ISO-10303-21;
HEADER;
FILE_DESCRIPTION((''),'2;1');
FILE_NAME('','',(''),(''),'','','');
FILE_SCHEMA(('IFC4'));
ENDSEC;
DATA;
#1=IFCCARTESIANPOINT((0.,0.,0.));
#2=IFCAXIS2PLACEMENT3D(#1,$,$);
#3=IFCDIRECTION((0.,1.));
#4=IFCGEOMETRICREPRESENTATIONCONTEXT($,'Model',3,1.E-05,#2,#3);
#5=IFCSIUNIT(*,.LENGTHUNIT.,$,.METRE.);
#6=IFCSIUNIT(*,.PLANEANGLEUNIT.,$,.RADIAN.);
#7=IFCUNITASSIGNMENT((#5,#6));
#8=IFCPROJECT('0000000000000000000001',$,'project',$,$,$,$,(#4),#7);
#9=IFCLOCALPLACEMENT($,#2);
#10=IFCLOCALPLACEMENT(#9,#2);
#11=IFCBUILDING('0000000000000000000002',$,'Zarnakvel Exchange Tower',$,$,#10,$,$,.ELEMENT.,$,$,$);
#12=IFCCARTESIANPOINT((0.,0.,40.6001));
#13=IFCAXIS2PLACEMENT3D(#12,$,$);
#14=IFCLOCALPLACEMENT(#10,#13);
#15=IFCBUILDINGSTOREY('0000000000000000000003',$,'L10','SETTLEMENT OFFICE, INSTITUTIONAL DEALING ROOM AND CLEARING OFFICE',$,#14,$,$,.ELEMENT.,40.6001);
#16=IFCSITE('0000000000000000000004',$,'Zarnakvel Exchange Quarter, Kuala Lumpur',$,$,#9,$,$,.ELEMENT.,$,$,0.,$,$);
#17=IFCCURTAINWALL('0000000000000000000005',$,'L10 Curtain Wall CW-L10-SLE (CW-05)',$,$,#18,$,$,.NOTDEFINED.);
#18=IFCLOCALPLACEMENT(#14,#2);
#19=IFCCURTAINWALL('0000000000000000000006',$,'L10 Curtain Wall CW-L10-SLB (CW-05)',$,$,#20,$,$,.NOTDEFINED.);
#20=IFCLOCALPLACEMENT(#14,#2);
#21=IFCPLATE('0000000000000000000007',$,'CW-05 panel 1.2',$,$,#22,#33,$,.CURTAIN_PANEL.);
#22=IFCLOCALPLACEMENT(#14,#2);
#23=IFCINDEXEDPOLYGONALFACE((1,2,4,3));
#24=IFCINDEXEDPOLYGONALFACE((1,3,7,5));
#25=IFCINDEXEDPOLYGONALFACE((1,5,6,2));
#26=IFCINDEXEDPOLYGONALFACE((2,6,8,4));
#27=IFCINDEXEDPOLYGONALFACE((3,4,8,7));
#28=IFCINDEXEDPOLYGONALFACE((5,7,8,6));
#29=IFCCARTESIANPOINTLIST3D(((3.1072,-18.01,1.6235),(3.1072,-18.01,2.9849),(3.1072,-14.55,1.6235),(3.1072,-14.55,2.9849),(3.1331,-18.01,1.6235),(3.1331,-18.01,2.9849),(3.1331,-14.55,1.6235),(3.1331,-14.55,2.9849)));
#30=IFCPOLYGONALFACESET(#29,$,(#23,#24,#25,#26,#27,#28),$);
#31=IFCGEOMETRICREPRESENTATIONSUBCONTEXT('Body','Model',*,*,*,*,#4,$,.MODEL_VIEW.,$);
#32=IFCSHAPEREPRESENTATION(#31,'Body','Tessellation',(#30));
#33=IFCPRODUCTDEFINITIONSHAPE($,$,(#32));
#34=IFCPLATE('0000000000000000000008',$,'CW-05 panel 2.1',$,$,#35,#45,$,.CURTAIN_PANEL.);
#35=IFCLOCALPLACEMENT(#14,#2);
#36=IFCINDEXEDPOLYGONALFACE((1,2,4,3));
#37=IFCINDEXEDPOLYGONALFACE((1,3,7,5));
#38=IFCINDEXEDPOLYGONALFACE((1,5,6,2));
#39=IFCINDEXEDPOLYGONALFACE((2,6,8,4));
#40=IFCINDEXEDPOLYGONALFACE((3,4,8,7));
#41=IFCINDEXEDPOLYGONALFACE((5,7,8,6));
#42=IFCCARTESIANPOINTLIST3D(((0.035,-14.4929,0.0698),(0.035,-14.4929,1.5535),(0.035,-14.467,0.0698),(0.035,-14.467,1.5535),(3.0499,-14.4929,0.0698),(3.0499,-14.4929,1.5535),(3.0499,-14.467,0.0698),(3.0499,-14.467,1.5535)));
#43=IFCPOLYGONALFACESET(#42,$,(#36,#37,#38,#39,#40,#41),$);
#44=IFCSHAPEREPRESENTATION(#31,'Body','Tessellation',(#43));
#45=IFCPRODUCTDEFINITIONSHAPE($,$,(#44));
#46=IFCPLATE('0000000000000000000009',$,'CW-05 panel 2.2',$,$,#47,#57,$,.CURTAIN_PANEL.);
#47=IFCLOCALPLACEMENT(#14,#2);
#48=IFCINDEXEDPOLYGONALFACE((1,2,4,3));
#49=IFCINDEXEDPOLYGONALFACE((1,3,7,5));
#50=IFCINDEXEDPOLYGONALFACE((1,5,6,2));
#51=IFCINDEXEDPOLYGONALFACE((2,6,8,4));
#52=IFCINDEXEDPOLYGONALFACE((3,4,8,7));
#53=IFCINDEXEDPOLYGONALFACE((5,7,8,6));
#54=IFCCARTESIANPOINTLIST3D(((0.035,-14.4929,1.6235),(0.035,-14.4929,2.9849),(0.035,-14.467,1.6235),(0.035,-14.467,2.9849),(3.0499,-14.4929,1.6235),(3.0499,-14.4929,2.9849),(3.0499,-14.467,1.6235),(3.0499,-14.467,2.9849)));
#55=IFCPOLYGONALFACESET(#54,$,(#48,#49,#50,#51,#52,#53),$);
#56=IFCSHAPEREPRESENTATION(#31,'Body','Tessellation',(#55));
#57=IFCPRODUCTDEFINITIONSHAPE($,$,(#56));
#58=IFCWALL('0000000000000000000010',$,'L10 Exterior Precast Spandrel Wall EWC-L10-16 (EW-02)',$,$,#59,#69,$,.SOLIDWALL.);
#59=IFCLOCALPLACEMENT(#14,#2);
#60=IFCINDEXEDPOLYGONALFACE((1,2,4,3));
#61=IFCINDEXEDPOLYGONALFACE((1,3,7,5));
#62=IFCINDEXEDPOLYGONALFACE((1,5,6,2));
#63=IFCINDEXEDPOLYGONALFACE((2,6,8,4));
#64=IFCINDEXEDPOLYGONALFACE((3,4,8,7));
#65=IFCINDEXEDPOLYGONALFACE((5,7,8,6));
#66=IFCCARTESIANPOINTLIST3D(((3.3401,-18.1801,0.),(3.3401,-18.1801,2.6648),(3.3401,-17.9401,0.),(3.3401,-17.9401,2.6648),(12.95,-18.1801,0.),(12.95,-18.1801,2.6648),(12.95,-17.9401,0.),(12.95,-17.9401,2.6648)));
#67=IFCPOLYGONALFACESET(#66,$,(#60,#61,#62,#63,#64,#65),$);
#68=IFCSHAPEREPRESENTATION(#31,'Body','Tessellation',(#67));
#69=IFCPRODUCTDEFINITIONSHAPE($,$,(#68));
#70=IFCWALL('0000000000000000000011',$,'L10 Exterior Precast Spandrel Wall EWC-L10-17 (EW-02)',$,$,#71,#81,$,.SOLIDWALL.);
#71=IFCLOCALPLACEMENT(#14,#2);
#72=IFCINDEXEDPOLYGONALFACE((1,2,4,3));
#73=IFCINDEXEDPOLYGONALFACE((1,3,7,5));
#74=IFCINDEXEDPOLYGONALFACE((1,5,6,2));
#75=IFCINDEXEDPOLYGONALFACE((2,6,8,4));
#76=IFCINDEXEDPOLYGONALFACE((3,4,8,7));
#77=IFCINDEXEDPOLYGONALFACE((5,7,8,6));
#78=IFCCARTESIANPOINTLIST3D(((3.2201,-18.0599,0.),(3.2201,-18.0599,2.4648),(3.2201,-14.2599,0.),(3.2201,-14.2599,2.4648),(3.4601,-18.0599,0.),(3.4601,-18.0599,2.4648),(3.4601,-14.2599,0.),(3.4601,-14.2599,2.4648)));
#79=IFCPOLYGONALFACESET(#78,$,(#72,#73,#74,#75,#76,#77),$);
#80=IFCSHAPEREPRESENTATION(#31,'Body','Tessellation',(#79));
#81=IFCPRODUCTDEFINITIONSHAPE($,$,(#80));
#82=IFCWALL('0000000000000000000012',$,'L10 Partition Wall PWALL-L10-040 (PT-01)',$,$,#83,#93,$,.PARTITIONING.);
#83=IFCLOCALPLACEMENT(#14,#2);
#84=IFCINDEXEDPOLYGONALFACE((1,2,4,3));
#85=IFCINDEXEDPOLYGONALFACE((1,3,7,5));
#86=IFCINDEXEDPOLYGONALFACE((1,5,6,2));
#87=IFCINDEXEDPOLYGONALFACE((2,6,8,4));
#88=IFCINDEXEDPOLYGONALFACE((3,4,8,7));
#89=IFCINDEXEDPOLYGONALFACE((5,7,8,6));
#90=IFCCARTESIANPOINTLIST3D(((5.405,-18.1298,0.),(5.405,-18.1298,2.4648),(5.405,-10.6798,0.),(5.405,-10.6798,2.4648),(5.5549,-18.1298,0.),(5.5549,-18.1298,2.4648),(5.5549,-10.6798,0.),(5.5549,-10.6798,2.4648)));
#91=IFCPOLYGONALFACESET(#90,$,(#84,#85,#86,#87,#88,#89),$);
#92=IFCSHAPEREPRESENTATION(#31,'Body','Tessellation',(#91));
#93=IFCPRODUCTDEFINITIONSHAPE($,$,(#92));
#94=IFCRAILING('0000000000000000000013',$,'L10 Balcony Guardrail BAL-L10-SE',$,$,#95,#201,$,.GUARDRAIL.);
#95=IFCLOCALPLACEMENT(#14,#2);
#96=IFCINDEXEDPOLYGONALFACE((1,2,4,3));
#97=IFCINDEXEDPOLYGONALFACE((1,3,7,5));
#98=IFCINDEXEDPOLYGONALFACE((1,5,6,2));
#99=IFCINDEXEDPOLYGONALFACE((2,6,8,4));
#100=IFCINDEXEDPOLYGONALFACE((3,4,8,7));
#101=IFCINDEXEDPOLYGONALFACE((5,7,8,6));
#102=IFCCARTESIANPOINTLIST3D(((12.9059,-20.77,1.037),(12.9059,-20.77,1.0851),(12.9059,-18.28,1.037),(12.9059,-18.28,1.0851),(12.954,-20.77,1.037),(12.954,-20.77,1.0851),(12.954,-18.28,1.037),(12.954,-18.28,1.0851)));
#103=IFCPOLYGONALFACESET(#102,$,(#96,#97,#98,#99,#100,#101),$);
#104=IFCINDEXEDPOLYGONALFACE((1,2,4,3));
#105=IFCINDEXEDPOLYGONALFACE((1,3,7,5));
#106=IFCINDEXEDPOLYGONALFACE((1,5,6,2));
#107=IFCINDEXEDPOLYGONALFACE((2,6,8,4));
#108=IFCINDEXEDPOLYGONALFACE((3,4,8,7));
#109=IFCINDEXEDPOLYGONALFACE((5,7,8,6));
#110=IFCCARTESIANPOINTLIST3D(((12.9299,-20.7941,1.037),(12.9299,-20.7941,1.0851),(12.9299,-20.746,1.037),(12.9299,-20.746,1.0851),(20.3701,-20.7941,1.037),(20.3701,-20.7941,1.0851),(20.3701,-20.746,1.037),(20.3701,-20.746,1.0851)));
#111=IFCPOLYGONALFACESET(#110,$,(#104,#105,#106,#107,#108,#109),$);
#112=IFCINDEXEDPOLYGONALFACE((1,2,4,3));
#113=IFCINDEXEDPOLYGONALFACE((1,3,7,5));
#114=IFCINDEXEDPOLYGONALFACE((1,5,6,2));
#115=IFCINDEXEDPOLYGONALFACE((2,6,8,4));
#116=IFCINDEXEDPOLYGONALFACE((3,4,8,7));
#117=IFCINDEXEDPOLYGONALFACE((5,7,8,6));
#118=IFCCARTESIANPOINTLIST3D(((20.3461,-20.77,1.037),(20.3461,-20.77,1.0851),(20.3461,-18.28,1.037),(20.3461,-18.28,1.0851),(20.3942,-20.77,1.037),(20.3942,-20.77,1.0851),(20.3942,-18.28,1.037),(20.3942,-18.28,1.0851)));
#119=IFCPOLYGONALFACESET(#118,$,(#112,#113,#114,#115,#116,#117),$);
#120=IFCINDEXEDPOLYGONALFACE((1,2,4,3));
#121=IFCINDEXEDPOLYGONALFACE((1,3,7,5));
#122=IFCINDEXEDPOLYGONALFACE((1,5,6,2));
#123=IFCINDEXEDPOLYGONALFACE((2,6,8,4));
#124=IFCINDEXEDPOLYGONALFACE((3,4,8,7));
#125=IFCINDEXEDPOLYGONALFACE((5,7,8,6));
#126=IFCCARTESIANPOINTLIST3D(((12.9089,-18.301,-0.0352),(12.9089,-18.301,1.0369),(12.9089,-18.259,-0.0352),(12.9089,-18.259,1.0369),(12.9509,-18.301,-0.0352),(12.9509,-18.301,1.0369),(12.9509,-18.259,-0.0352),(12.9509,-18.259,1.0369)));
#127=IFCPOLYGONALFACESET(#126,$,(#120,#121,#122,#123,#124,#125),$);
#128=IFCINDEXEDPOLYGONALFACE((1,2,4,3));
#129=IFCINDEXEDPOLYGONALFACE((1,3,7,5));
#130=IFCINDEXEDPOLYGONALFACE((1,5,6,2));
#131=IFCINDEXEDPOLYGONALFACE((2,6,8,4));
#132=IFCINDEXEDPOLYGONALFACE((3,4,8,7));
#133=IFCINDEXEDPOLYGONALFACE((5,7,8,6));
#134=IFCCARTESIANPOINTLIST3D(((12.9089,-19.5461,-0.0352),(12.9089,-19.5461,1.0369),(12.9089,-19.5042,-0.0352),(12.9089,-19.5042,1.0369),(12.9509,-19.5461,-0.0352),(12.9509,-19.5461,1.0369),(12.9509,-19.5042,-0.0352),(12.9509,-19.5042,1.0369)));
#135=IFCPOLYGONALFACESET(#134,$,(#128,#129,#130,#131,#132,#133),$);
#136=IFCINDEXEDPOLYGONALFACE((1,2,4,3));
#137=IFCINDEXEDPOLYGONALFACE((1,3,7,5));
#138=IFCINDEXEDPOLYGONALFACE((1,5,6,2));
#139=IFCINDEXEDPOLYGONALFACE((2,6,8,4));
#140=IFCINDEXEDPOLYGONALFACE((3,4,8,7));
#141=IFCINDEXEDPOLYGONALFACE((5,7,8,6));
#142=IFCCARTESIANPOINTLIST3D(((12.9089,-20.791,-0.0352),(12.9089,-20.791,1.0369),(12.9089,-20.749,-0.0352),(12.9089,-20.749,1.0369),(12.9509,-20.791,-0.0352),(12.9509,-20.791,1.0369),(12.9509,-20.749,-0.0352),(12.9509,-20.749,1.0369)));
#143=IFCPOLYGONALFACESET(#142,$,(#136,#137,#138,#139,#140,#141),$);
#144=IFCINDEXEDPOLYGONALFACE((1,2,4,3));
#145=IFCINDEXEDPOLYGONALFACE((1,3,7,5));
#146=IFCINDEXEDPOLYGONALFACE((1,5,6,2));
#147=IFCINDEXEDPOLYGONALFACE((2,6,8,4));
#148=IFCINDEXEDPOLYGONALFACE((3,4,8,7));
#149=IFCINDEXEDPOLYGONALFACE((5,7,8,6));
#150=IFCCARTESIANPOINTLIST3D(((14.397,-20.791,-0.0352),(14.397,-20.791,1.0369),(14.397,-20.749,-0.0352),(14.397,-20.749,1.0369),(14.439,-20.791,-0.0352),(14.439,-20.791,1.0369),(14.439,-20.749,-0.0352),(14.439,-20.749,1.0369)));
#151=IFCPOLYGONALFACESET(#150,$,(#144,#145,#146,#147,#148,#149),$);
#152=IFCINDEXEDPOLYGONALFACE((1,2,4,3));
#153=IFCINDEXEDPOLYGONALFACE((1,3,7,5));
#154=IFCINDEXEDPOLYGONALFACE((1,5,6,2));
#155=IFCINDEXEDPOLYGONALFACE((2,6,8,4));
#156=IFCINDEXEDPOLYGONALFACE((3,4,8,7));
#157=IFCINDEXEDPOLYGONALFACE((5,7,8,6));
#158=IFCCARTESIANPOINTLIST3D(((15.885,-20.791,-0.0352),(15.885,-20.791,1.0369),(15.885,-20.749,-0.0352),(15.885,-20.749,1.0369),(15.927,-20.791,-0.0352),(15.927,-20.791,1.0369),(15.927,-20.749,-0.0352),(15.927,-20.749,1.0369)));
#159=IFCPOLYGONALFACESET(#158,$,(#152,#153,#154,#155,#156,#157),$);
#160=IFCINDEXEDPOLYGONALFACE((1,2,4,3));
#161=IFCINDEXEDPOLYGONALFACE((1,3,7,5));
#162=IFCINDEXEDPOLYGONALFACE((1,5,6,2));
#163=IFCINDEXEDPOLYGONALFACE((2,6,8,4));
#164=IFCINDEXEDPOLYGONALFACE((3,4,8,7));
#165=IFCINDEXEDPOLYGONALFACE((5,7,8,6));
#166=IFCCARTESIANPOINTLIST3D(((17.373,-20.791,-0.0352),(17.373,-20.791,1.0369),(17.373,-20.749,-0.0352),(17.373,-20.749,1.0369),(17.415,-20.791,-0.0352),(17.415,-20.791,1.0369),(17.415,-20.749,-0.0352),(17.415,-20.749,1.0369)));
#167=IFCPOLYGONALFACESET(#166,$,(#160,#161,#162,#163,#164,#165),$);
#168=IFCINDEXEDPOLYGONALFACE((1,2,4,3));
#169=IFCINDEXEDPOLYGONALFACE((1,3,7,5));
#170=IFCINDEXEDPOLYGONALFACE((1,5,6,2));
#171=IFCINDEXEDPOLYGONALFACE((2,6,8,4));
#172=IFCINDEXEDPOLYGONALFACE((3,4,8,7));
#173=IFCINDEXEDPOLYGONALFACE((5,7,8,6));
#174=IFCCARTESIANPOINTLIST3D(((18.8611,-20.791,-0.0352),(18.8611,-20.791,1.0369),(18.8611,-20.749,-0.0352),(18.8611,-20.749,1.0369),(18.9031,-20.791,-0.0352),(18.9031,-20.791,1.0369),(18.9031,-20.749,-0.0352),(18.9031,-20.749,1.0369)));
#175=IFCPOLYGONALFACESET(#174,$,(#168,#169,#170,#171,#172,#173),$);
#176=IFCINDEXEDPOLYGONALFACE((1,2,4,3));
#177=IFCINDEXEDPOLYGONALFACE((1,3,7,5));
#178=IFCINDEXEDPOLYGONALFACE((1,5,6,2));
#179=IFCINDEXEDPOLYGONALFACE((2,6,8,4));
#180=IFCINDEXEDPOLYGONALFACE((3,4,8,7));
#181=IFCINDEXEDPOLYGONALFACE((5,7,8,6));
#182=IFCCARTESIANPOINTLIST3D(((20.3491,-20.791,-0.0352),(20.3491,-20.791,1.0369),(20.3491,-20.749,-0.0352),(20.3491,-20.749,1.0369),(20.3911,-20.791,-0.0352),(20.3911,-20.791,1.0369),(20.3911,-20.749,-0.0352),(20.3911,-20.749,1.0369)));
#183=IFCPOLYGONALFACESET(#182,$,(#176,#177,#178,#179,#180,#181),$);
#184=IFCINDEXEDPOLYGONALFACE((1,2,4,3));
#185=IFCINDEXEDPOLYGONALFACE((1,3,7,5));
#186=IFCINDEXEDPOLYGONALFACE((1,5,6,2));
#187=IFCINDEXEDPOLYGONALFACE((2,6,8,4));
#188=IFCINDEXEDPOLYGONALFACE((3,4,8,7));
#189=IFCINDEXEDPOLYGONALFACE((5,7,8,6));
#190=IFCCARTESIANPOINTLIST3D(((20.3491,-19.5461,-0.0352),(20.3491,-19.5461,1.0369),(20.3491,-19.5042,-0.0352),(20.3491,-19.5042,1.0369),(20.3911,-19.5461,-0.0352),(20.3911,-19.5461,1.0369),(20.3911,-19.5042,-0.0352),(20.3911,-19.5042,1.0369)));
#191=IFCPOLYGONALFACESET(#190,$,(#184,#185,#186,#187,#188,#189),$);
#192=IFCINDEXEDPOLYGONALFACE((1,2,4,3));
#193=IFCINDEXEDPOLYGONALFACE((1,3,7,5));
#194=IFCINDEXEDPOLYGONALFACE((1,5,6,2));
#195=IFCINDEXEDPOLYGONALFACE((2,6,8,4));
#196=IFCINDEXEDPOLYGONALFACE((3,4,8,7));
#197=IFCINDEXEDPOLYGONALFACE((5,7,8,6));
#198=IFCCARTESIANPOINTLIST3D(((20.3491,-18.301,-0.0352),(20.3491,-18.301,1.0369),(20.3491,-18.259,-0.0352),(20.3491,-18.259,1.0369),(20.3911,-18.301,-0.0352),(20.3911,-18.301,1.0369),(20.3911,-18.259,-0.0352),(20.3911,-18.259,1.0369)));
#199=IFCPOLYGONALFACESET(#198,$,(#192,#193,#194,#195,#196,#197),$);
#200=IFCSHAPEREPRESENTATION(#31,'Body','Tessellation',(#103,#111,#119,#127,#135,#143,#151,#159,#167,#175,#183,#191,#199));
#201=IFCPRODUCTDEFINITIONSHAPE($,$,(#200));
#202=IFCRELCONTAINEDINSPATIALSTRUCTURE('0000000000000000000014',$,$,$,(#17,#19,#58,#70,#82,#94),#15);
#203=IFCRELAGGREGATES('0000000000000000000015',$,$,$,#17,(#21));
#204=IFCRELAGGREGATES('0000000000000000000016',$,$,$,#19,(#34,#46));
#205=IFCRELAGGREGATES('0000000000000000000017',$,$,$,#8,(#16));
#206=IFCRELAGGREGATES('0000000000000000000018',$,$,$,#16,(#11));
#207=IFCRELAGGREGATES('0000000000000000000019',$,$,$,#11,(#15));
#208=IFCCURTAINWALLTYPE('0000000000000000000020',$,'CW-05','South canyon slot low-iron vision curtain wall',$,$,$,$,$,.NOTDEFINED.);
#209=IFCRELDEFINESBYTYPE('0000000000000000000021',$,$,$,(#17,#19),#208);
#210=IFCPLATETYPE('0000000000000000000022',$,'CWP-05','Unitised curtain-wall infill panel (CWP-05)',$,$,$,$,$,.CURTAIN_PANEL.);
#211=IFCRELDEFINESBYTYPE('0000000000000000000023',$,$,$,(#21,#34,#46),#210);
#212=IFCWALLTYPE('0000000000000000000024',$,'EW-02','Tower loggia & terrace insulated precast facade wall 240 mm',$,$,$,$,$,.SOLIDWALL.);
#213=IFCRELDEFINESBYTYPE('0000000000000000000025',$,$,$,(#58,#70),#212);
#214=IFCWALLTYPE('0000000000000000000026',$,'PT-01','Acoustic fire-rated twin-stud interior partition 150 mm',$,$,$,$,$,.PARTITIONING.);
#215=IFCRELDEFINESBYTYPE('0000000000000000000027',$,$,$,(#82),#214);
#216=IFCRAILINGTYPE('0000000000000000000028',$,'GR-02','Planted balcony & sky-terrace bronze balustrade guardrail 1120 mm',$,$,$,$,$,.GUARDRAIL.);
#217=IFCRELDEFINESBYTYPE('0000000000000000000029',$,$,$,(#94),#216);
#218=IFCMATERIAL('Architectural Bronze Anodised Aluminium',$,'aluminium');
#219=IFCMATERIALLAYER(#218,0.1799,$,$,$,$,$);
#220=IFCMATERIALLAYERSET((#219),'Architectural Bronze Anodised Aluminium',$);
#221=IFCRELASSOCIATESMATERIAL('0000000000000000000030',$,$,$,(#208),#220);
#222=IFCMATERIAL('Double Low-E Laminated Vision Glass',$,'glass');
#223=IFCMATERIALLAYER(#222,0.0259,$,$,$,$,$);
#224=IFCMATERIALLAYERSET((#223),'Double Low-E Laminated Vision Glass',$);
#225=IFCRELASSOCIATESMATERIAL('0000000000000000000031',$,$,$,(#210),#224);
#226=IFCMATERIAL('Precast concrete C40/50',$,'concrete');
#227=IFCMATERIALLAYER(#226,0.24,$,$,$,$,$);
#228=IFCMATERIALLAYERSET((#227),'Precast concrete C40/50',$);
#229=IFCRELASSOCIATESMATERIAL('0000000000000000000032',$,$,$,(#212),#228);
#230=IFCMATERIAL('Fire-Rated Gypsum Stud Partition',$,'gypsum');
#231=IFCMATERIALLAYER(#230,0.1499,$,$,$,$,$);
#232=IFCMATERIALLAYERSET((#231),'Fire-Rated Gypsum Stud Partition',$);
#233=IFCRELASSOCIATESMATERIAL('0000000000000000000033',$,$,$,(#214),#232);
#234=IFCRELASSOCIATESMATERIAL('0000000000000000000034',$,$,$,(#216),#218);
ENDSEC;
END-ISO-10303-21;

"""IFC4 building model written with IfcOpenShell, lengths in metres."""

from ifc_helpers import new_model, si_unit, direction, frame, frame_2d, origin, origin_2d, place, context, subcontext, project, spatial, rectangle, extrude, source, transform, mapped, material, layer, layer_set, type_object, element, aggregate, save


model = new_model("IFC4")

# Units and contexts
model_context = context("Model", 3, precision=1e-05, world=origin(), true_north=direction((0.0, 1.0)))
body_context = subcontext(model_context, "Body", "Model", "MODEL_VIEW")
ifc_project = project(units=[si_unit("LENGTHUNIT", "METRE"), si_unit("PLANEANGLEUNIT", "RADIAN")], contexts=[model_context])

# Site, building, storey
site_placement = place(None, origin())
site = spatial("IfcSite", under=ifc_project, at=site_placement, Name="Zarnakvel Exchange Quarter, Kuala Lumpur", CompositionType="ELEMENT", RefElevation=0.0)
building_placement = place(site_placement, origin())
building = spatial("IfcBuilding", under=site, at=building_placement, Name="Zarnakvel Exchange Tower", CompositionType="ELEMENT")
storey_placement = place(building_placement, frame((0.0, 0.0, 40.6001)))
storey = spatial("IfcBuildingStorey", under=building, at=storey_placement, Name="L10", Description="SETTLEMENT OFFICE, INSTITUTIONAL DEALING ROOM AND CLEARING OFFICE", CompositionType="ELEMENT", Elevation=40.6001)

# Curtain walls
ifc_material_1 = material(Name="Architectural Bronze Anodised Aluminium", Category="aluminium")
ifc_layer_1 = layer(ifc_material_1, 0.1799)
ifc_layer_set_1 = layer_set([ifc_layer_1], Name="Architectural Bronze Anodised Aluminium")
curtain_wall_type = type_object("IfcCurtainWallType", Name="CW-05", Description="South canyon slot low-iron vision curtain wall", PredefinedType="NOTDEFINED", material=ifc_layer_set_1)
curtain_wall_1_placement = place(storey_placement, origin())
curtain_wall_1 = element("IfcCurtainWall", 1, at=curtain_wall_1_placement, inside=storey, type_object=curtain_wall_type, Name="L10 Curtain Wall CW-L10-SLE (CW-05)", PredefinedType="NOTDEFINED")
curtain_wall_2_placement = place(storey_placement, origin())
curtain_wall_2 = element("IfcCurtainWall", 2, at=curtain_wall_2_placement, inside=storey, type_object=curtain_wall_type, Name="L10 Curtain Wall CW-L10-SLB (CW-05)", PredefinedType="NOTDEFINED")

# Plates
ifc_material_2 = material(Name="Double Low-E Laminated Vision Glass", Category="glass")
ifc_layer_2 = layer(ifc_material_2, 0.0259)
ifc_layer_set_2 = layer_set([ifc_layer_2], Name="Double Low-E Laminated Vision Glass")
plate_type = type_object("IfcPlateType", Name="CWP-05", Description="Unitised curtain-wall infill panel (CWP-05)", PredefinedType="CURTAIN_PANEL", material=ifc_layer_set_2)
shared_shape_1 = source(origin(), body_context, "Body", "SweptSolid", [
    extrude(rectangle(XDim=3.46, YDim=0.0259, at=origin_2d()), origin(), (0.0, 0.0, 1.0), 1.3613),
])
plate_1_placement = place(storey_placement, frame((3.1201, -16.28, 1.6235), z_axis=(0.0, 0.0, 1.0), x_axis=(0.0, -1.0, 0.0)))
plate_1 = element("IfcPlate", 3, at=plate_1_placement, type_object=plate_type, Name="CW-05 panel 1.2", PredefinedType="CURTAIN_PANEL", context=body_context, shape_type="MappedRepresentation", body=[
    mapped(shared_shape_1, transform((0.0, 0.0, 0.0), x_axis=(1.0, 0.0, 0.0), y_axis=(0.0, 1.0, 0.0), z_axis=(0.0, 0.0, 1.0), scale=1.0)),
])
aggregate(curtain_wall_1, [plate_1])
shared_shape_2 = source(origin(), body_context, "Body", "SweptSolid", [
    extrude(rectangle(XDim=3.0149, YDim=0.0259, at=origin_2d()), origin(), (0.0, 0.0, 1.0), 1.4836),
])
plate_2_placement = place(storey_placement, frame((1.5425, -14.48, 0.0698), z_axis=(0.0, 0.0, 1.0), x_axis=(1.0, 0.0, 0.0)))
plate_2 = element("IfcPlate", 4, at=plate_2_placement, type_object=plate_type, Name="CW-05 panel 2.1", PredefinedType="CURTAIN_PANEL", context=body_context, shape_type="MappedRepresentation", body=[
    mapped(shared_shape_2, transform((0.0, 0.0, 0.0), x_axis=(1.0, 0.0, 0.0), y_axis=(0.0, 1.0, 0.0), z_axis=(0.0, 0.0, 1.0), scale=1.0)),
])
shared_shape_3 = source(origin(), body_context, "Body", "SweptSolid", [
    extrude(rectangle(XDim=3.0149, YDim=0.0259, at=origin_2d()), origin(), (0.0, 0.0, 1.0), 1.3613),
])
plate_3_placement = place(storey_placement, frame((1.5425, -14.48, 1.6235), z_axis=(0.0, 0.0, 1.0), x_axis=(1.0, 0.0, 0.0)))
plate_3 = element("IfcPlate", 5, at=plate_3_placement, type_object=plate_type, Name="CW-05 panel 2.2", PredefinedType="CURTAIN_PANEL", context=body_context, shape_type="MappedRepresentation", body=[
    mapped(shared_shape_3, transform((0.0, 0.0, 0.0), x_axis=(1.0, 0.0, 0.0), y_axis=(0.0, 1.0, 0.0), z_axis=(0.0, 0.0, 1.0), scale=1.0)),
])
aggregate(curtain_wall_2, [plate_2, plate_3])

# Walls
ifc_material_3 = material(Name="Precast concrete C40/50", Category="concrete")
ifc_layer_3 = layer(ifc_material_3, 0.24)
ifc_layer_set_3 = layer_set([ifc_layer_3], Name="Precast concrete C40/50")
wall_type_1 = type_object("IfcWallType", Name="EW-02", Description="Tower loggia & terrace insulated precast facade wall 240 mm", PredefinedType="SOLIDWALL", material=ifc_layer_set_3)
wall_1_placement = place(storey_placement, frame((3.3401, -18.0601, 0.0), z_axis=(0.0, 0.0, 1.0), x_axis=(1.0, 0.0, 0.0)))
element("IfcWall", 6, at=wall_1_placement, inside=storey, type_object=wall_type_1, Name="L10 Exterior Precast Spandrel Wall EWC-L10-16 (EW-02)", PredefinedType="SOLIDWALL", context=body_context, shape_type="SweptSolid", body=[
    extrude(rectangle(XDim=9.6099, YDim=0.24, at=frame_2d((4.8049, 0.0))), origin(), (0.0, 0.0, 1.0), 2.6648),
])
wall_2_placement = place(storey_placement, frame((3.3401, -14.26, 0.0), z_axis=(0.0, 0.0, 1.0), x_axis=(0.0, -1.0, 0.0)))
element("IfcWall", 7, at=wall_2_placement, inside=storey, type_object=wall_type_1, Name="L10 Exterior Precast Spandrel Wall EWC-L10-17 (EW-02)", PredefinedType="SOLIDWALL", context=body_context, shape_type="SweptSolid", body=[
    extrude(rectangle(XDim=3.8, YDim=0.24, at=frame_2d((1.8999, 0.0))), origin(), (0.0, 0.0, 1.0), 2.4648),
])
ifc_material_4 = material(Name="Fire-Rated Gypsum Stud Partition", Category="gypsum")
ifc_layer_4 = layer(ifc_material_4, 0.1499)
ifc_layer_set_4 = layer_set([ifc_layer_4], Name="Fire-Rated Gypsum Stud Partition")
wall_type_2 = type_object("IfcWallType", Name="PT-01", Description="Acoustic fire-rated twin-stud interior partition 150 mm", PredefinedType="PARTITIONING", material=ifc_layer_set_4)
wall_3_placement = place(storey_placement, frame((5.48, -18.1299, 0.0), z_axis=(0.0, 0.0, 1.0), x_axis=(0.0, 1.0, 0.0)))
element("IfcWall", 8, at=wall_3_placement, inside=storey, type_object=wall_type_2, Name="L10 Partition Wall PWALL-L10-040 (PT-01)", PredefinedType="PARTITIONING", context=body_context, shape_type="SweptSolid", body=[
    extrude(rectangle(XDim=7.45, YDim=0.1499, at=frame_2d((3.7251, 0.0))), origin(), (0.0, 0.0, 1.0), 2.4648),
])

# Railing
railing_type = type_object("IfcRailingType", Name="GR-02", Description="Planted balcony & sky-terrace bronze balustrade guardrail 1120 mm", PredefinedType="GUARDRAIL", material=ifc_material_1)
railing_placement = place(storey_placement, frame((12.9299, -18.28, -0.0352)))
element("IfcRailing", 9, at=railing_placement, inside=storey, type_object=railing_type, Name="L10 Balcony Guardrail BAL-L10-SE", PredefinedType="GUARDRAIL", context=body_context, shape_type="SweptSolid", body=[
    extrude(rectangle(XDim=0.0481, YDim=0.0481, at=origin_2d()), frame((0.0, 0.0, 1.0962), z_axis=(0.0, -1.0, 0.0), x_axis=(1.0, 0.0, 0.0)), (0.0, 0.0, 1.0), 2.49),
    extrude(rectangle(XDim=0.0481, YDim=0.0481, at=origin_2d()), frame((0.0, -2.49, 1.0962), z_axis=(1.0, 0.0, 0.0), x_axis=(0.0, 1.0, 0.0)), (0.0, 0.0, 1.0), 7.4402),
    extrude(rectangle(XDim=0.0481, YDim=0.0481, at=origin_2d()), frame((7.4402, -2.49, 1.0962), z_axis=(0.0, 1.0, 0.0), x_axis=(-1.0, 0.0, 0.0)), (0.0, 0.0, 1.0), 2.49),
    extrude(rectangle(XDim=0.042, YDim=0.042, at=origin_2d()), origin(), (0.0, 0.0, 1.0), 1.072),
    extrude(rectangle(XDim=0.042, YDim=0.042, at=origin_2d()), frame((0.0, -1.2451, 0.0)), (0.0, 0.0, 1.0), 1.072),
    extrude(rectangle(XDim=0.042, YDim=0.042, at=origin_2d()), frame((0.0, -2.49, 0.0)), (0.0, 0.0, 1.0), 1.072),
    extrude(rectangle(XDim=0.042, YDim=0.042, at=origin_2d()), frame((1.488, -2.49, 0.0)), (0.0, 0.0, 1.0), 1.072),
    extrude(rectangle(XDim=0.042, YDim=0.042, at=origin_2d()), frame((2.9761, -2.49, 0.0)), (0.0, 0.0, 1.0), 1.072),
    extrude(rectangle(XDim=0.042, YDim=0.042, at=origin_2d()), frame((4.4641, -2.49, 0.0)), (0.0, 0.0, 1.0), 1.072),
    extrude(rectangle(XDim=0.042, YDim=0.042, at=origin_2d()), frame((5.9521, -2.49, 0.0)), (0.0, 0.0, 1.0), 1.072),
    extrude(rectangle(XDim=0.042, YDim=0.042, at=origin_2d()), frame((7.4402, -2.49, 0.0)), (0.0, 0.0, 1.0), 1.072),
    extrude(rectangle(XDim=0.042, YDim=0.042, at=origin_2d()), frame((7.4402, -1.2451, 0.0)), (0.0, 0.0, 1.0), 1.072),
    extrude(rectangle(XDim=0.042, YDim=0.042, at=origin_2d()), frame((7.4402, 0.0, 0.0)), (0.0, 0.0, 1.0), 1.072),
])

save(model, "model.ifc")
